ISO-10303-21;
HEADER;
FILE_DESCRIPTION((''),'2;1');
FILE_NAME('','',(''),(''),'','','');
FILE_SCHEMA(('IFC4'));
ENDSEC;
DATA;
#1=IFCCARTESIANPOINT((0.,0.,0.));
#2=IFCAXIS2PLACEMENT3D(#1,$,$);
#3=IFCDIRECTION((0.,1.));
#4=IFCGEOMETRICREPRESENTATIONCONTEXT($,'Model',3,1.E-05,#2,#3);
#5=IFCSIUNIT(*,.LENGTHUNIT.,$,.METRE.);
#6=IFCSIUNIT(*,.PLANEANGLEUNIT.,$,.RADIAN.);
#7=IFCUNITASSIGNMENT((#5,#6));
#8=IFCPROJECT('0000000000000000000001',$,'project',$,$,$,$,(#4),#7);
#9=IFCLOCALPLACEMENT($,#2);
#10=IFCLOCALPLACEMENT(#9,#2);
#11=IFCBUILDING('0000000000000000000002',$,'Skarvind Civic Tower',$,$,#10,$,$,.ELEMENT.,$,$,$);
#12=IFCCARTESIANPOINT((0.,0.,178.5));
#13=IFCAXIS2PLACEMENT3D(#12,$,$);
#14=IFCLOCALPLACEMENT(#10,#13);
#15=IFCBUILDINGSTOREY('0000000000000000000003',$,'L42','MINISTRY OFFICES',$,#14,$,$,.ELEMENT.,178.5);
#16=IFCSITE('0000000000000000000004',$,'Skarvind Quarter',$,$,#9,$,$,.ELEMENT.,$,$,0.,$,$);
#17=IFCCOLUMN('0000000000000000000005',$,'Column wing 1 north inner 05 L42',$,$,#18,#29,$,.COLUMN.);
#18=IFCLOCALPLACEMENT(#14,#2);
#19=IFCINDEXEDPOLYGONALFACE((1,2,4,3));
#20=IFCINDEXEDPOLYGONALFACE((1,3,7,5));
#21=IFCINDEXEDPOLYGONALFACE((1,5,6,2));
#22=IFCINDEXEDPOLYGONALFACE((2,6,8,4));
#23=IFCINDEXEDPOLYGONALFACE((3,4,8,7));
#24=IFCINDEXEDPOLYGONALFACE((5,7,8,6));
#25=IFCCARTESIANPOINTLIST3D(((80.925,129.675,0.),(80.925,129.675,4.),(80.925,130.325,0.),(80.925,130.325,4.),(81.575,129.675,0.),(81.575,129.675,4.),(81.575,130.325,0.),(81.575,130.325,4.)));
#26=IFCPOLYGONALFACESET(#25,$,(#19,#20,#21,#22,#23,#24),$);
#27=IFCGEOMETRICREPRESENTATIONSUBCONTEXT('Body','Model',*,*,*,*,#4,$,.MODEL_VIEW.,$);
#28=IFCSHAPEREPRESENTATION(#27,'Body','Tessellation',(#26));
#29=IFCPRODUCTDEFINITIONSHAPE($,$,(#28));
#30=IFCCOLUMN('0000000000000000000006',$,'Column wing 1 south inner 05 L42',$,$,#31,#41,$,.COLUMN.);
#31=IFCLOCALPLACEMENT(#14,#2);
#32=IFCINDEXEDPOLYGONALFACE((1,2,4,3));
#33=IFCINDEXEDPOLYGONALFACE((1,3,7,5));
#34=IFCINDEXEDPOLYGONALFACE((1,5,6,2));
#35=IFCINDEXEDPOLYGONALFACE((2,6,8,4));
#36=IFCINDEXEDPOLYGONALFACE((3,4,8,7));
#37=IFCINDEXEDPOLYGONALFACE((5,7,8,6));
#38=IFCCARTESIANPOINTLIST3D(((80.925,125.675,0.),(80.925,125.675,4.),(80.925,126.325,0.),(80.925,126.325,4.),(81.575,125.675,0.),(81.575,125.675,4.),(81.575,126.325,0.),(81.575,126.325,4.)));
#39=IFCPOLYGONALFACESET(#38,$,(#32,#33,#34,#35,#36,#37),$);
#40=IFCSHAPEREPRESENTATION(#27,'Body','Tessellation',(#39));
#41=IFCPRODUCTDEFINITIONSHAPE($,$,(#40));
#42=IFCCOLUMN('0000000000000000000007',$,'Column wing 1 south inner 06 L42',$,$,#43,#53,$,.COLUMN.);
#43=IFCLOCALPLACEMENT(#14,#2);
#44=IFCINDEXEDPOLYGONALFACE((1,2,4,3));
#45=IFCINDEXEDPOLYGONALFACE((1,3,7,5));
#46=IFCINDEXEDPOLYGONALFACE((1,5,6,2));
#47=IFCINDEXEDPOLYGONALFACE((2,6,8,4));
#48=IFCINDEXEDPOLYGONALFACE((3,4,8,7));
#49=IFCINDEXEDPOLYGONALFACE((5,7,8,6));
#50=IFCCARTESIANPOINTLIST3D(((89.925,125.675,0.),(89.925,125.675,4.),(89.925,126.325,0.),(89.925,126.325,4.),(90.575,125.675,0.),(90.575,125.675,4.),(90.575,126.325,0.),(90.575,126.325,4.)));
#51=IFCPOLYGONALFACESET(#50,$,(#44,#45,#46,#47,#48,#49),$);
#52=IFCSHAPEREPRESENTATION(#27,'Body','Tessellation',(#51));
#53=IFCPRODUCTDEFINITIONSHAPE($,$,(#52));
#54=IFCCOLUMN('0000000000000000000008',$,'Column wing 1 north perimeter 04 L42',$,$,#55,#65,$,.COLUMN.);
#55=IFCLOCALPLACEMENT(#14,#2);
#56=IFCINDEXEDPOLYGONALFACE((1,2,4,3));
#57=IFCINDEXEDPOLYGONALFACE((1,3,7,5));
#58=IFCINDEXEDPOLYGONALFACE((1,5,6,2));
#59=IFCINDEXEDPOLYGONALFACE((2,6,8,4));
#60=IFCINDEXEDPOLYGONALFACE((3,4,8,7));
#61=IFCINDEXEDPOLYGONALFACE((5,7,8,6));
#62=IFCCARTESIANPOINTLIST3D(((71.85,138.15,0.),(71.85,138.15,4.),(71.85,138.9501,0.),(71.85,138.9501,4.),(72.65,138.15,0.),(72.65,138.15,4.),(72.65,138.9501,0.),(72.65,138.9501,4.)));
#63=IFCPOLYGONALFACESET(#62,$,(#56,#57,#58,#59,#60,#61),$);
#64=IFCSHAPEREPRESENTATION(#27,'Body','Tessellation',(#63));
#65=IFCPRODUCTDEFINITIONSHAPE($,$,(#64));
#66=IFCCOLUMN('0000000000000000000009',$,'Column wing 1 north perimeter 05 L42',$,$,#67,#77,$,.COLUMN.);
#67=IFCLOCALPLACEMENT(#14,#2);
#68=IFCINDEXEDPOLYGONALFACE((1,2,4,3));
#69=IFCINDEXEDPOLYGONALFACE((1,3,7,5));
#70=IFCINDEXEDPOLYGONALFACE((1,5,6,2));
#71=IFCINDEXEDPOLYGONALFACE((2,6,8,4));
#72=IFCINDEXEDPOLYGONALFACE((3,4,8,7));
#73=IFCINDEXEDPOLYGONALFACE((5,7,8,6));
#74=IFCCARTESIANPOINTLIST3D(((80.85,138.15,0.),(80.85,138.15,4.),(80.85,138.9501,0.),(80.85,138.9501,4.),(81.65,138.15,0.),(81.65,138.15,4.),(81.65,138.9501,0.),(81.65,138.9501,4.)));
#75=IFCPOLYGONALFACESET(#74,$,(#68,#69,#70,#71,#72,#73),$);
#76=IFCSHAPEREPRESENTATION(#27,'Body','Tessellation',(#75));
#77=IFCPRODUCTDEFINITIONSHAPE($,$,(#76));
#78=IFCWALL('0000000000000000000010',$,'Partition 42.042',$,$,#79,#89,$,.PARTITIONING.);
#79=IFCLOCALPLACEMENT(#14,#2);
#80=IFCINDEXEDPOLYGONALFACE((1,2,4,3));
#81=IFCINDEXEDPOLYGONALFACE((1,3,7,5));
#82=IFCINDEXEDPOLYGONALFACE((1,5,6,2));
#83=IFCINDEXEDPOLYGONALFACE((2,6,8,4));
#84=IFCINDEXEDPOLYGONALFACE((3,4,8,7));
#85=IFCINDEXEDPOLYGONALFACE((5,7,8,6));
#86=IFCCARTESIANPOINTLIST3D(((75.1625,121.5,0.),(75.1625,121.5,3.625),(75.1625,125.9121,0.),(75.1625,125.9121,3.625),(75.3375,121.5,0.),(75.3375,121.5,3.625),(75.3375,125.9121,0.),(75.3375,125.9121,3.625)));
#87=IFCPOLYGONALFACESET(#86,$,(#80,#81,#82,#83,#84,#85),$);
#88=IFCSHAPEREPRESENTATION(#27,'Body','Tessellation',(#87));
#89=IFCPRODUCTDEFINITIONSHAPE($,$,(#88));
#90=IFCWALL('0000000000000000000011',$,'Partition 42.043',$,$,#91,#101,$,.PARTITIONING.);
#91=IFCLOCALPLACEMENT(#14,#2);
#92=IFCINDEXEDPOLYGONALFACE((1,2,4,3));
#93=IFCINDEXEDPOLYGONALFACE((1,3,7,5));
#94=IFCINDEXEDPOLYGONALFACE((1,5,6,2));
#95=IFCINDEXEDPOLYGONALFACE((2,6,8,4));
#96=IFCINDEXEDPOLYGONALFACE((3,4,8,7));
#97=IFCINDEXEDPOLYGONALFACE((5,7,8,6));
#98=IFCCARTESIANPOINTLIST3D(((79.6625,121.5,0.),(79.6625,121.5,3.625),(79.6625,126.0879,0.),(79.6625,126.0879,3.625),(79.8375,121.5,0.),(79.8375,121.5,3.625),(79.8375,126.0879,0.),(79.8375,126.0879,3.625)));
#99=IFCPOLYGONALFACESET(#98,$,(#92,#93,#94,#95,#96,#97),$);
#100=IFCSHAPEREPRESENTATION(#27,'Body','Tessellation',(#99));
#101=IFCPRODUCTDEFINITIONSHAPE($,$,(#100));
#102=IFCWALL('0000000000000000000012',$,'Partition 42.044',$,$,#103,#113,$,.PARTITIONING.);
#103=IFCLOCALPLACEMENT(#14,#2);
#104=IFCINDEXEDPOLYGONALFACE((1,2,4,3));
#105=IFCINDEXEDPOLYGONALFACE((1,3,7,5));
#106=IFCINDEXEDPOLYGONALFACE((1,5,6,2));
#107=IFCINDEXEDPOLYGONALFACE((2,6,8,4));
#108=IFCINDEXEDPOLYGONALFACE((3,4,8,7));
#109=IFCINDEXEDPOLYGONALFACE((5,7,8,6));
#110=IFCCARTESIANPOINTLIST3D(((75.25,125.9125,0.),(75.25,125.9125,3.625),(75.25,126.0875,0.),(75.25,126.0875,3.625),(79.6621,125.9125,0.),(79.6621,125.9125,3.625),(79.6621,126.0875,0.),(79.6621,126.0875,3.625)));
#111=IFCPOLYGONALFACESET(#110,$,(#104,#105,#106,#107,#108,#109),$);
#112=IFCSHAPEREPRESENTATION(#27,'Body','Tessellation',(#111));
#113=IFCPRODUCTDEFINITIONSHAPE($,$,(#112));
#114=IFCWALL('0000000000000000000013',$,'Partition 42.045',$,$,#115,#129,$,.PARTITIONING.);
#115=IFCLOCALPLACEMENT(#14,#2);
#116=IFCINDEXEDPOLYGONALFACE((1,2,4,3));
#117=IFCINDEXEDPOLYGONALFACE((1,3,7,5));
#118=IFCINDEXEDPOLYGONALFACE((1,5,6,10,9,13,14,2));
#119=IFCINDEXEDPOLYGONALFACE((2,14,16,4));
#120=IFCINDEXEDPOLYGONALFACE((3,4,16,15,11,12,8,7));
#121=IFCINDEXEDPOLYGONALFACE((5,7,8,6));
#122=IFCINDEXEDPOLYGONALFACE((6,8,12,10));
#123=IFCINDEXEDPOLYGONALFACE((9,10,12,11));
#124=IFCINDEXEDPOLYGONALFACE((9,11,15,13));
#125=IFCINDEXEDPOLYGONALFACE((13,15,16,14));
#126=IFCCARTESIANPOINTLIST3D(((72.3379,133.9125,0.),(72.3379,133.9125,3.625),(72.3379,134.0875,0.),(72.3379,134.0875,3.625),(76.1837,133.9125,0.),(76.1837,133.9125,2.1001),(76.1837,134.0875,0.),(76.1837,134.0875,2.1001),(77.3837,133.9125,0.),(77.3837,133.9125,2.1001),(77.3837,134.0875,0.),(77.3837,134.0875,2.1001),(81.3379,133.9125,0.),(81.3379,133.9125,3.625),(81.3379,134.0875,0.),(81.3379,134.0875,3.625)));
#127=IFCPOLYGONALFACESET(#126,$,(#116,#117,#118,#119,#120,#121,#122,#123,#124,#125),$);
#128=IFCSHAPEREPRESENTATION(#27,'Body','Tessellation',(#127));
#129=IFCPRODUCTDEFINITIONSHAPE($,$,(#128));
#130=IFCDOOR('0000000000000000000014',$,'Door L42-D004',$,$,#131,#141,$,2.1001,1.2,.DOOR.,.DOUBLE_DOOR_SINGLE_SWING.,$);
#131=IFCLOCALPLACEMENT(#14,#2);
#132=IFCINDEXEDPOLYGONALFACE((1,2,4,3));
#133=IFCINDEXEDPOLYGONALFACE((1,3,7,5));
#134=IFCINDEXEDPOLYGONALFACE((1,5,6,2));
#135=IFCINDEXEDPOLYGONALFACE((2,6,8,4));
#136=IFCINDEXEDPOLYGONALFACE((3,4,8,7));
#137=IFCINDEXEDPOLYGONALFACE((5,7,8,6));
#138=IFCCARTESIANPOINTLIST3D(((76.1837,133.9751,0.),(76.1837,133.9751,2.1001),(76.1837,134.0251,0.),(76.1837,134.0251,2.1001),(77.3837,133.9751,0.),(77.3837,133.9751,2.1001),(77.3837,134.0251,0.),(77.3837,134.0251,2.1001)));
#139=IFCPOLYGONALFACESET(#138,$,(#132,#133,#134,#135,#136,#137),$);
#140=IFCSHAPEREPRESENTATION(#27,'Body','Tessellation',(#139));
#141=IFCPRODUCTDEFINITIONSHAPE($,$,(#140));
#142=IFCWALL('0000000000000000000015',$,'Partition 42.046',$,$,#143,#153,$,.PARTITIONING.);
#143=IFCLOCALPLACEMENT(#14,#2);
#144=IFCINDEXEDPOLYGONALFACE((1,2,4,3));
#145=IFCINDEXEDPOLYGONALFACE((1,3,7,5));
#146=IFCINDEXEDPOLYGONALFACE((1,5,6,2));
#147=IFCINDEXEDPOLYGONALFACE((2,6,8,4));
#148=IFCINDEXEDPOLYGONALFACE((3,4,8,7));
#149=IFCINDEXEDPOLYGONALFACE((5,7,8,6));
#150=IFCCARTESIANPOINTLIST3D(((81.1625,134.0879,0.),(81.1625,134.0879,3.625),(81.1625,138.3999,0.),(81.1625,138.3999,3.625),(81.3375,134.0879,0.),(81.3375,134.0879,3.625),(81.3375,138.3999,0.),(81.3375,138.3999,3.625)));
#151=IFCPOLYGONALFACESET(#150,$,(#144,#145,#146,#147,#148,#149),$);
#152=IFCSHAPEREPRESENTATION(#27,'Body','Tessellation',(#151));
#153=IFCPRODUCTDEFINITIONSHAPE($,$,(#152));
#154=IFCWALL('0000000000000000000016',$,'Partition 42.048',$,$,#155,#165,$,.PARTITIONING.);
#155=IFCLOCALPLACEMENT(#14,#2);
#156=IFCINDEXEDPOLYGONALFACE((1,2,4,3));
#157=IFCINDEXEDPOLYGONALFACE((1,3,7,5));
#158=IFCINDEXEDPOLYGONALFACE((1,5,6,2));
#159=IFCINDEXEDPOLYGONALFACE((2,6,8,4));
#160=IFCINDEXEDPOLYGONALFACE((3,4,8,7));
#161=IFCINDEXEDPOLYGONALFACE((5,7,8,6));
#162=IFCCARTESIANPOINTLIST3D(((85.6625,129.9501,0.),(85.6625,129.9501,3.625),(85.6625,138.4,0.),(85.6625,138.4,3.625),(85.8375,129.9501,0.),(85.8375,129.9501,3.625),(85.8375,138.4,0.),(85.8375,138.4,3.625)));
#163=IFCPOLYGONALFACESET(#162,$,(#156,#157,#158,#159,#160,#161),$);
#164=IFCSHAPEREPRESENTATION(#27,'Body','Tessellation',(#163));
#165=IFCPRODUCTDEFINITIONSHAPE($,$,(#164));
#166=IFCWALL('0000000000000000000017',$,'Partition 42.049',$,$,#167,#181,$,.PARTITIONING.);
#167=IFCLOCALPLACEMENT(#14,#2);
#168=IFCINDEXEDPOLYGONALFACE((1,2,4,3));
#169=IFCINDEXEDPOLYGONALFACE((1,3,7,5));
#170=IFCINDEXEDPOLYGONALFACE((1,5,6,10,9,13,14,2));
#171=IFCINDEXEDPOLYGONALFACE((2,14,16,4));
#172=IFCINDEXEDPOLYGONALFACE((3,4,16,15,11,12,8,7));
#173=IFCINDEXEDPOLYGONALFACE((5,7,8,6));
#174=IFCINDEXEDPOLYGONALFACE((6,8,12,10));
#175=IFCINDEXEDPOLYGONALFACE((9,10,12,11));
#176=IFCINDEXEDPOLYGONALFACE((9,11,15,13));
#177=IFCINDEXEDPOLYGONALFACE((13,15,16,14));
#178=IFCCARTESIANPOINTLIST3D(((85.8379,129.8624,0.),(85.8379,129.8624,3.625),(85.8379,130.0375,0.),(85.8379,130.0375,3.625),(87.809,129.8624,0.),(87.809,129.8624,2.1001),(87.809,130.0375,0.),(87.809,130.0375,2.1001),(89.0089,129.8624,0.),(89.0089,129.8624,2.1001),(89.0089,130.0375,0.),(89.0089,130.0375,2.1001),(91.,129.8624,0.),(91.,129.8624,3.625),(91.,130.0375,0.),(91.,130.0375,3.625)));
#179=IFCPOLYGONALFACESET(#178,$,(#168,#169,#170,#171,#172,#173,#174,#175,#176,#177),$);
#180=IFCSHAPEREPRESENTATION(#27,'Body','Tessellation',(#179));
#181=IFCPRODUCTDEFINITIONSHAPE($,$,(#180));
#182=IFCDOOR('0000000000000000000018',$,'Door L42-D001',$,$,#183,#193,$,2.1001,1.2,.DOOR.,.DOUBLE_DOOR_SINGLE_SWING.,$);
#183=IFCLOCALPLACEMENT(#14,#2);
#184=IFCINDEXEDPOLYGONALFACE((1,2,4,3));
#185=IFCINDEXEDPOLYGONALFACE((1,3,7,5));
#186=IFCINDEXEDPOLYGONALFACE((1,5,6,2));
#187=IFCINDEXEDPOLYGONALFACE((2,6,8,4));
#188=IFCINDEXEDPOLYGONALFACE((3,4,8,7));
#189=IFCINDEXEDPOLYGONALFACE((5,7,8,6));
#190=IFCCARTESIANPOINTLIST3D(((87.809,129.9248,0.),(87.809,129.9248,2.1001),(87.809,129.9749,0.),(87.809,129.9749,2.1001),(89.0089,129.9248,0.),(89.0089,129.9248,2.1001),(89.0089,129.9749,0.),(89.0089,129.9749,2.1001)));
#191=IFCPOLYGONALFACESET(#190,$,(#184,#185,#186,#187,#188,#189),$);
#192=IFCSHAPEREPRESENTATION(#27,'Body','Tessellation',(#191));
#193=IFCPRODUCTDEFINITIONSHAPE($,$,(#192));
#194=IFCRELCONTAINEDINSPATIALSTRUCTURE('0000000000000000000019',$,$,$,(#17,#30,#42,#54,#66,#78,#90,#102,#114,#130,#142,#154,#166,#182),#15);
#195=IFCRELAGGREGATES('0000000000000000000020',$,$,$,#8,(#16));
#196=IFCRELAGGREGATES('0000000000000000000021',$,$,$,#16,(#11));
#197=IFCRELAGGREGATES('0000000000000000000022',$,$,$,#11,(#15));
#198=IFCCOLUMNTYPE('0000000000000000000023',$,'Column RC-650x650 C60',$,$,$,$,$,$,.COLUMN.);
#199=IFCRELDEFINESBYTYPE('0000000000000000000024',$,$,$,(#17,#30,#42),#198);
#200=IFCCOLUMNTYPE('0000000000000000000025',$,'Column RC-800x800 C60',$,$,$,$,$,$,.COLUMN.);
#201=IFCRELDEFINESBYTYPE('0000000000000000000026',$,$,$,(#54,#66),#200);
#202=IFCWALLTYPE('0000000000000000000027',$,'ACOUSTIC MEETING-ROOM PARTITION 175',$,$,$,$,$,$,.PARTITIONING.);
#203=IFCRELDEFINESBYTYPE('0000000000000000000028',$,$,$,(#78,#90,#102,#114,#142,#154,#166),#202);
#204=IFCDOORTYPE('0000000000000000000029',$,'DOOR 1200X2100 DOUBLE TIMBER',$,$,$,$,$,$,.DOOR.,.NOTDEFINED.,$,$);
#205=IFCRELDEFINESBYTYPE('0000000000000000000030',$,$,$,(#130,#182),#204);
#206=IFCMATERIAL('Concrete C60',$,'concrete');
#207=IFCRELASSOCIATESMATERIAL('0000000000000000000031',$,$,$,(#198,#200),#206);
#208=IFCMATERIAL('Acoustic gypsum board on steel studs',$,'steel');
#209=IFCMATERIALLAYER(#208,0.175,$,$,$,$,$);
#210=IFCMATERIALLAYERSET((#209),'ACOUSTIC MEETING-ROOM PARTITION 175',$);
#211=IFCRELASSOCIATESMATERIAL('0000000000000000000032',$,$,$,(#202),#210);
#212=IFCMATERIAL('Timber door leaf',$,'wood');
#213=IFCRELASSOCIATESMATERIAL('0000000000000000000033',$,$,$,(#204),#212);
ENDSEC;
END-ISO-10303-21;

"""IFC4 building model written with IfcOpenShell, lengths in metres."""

from ifc_helpers import new_model, si_unit, direction, frame, frame_2d, origin, origin_2d, place, context, subcontext, project, spatial, rectangle, extrude, material, layer, layer_set, material_profile, profile_set, type_object, element, fill, save


model = new_model("IFC4")

# Units and contexts
model_context = context("Model", 3, precision=1e-05, world=origin(), true_north=direction((0.0, 1.0)))
body_context = subcontext(model_context, "Body", "Model", "MODEL_VIEW")
ifc_project = project(units=[si_unit("LENGTHUNIT", "METRE"), si_unit("PLANEANGLEUNIT", "RADIAN")], contexts=[model_context])

# Site, building, storey
site_placement = place(None, origin())
site = spatial("IfcSite", under=ifc_project, at=site_placement, Name="Skarvind Quarter", CompositionType="ELEMENT", RefElevation=0.0)
building_placement = place(site_placement, origin())
building = spatial("IfcBuilding", under=site, at=building_placement, Name="Skarvind Civic Tower", CompositionType="ELEMENT")
storey_placement = place(building_placement, frame((0.0, 0.0, 178.5)))
storey = spatial("IfcBuildingStorey", under=building, at=storey_placement, Name="L42", Description="MINISTRY OFFICES", CompositionType="ELEMENT", Elevation=178.5)

# Columns
ifc_material_1 = material(Name="Concrete C60", Category="concrete")
ifc_material_profile_1 = material_profile(ifc_material_1, rectangle(XDim=0.6499, YDim=0.6499, at=origin_2d()), Name="RC-650x650")
ifc_profile_set_1 = profile_set([ifc_material_profile_1], Name="Concrete C60")
column_type_1 = type_object("IfcColumnType", Name="Column RC-650x650 C60", PredefinedType="COLUMN", material=ifc_profile_set_1)
for number, where, z_axis, x_axis, name in (
    (1, (81.25, 130.0, 0.0), (0.0, 0.0, 1.0), (1.0, 0.0, 0.0), "Column wing 1 north inner 05 L42"),
    (2, (81.25, 126.0, 0.0), (0.0, 0.0, 1.0), (1.0, 0.0, 0.0), "Column wing 1 south inner 05 L42"),
    (3, (90.25, 126.0, 0.0), (0.0, 0.0, 1.0), (1.0, 0.0, 0.0), "Column wing 1 south inner 06 L42"),
):
    element("IfcColumn", number, at=place(storey_placement, frame(where, z_axis=z_axis, x_axis=x_axis)), inside=storey, type_object=column_type_1, Name=name, PredefinedType="COLUMN", context=body_context, shape_type="SweptSolid", body=[
        extrude(rectangle(XDim=0.6499, YDim=0.6499, at=origin_2d()), origin(), (0.0, 0.0, 1.0), 4.0),
    ])
ifc_material_profile_2 = material_profile(ifc_material_1, rectangle(XDim=0.8, YDim=0.8, at=origin_2d()), Name="RC-800x800")
ifc_profile_set_2 = profile_set([ifc_material_profile_2], Name="Concrete C60")
column_type_2 = type_object("IfcColumnType", Name="Column RC-800x800 C60", PredefinedType="COLUMN", material=ifc_profile_set_2)
for number, where, z_axis, x_axis, name in (
    (4, (72.25, 138.55, 0.0), (0.0, 0.0, 1.0), (1.0, 0.0, 0.0), "Column wing 1 north perimeter 04 L42"),
    (5, (81.25, 138.55, 0.0), (0.0, 0.0, 1.0), (1.0, 0.0, 0.0), "Column wing 1 north perimeter 05 L42"),
):
    element("IfcColumn", number, at=place(storey_placement, frame(where, z_axis=z_axis, x_axis=x_axis)), inside=storey, type_object=column_type_2, Name=name, PredefinedType="COLUMN", context=body_context, shape_type="SweptSolid", body=[
        extrude(rectangle(XDim=0.8, YDim=0.8, at=origin_2d()), origin(), (0.0, 0.0, 1.0), 4.0),
    ])

# Walls
ifc_material_2 = material(Name="Acoustic gypsum board on steel studs", Category="steel")
ifc_layer_1 = layer(ifc_material_2, 0.175)
ifc_layer_set_1 = layer_set([ifc_layer_1], Name="ACOUSTIC MEETING-ROOM PARTITION 175")
wall_type_1 = type_object("IfcWallType", Name="ACOUSTIC MEETING-ROOM PARTITION 175", PredefinedType="PARTITIONING", material=ifc_layer_set_1)
wall_1_placement = place(storey_placement, frame((75.25, 125.9121, 0.0), z_axis=(0.0, 0.0, 1.0), x_axis=(0.0, -1.0, 0.0)))
element("IfcWall", 6, at=wall_1_placement, inside=storey, type_object=wall_type_1, Name="Partition 42.042", PredefinedType="PARTITIONING", context=body_context, shape_type="SweptSolid", body=[
    extrude(rectangle(XDim=4.4121, YDim=0.175, at=frame_2d((2.2061, 0.0))), origin(), (0.0, 0.0, 1.0), 3.625),
])
wall_2_placement = place(storey_placement, frame((79.75, 121.5, 0.0), z_axis=(0.0, 0.0, 1.0), x_axis=(0.0, 1.0, 0.0)))
element("IfcWall", 7, at=wall_2_placement, inside=storey, type_object=wall_type_1, Name="Partition 42.043", PredefinedType="PARTITIONING", context=body_context, shape_type="SweptSolid", body=[
    extrude(rectangle(XDim=4.5879, YDim=0.175, at=frame_2d((2.2939, 0.0))), origin(), (0.0, 0.0, 1.0), 3.625),
])
wall_3_placement = place(storey_placement, frame((79.6621, 126.0, 0.0), z_axis=(0.0, 0.0, 1.0), x_axis=(-1.0, 0.0, 0.0)))
element("IfcWall", 8, at=wall_3_placement, inside=storey, type_object=wall_type_1, Name="Partition 42.044", PredefinedType="PARTITIONING", context=body_context, shape_type="SweptSolid", body=[
    extrude(rectangle(XDim=4.4121, YDim=0.175, at=frame_2d((2.2061, 0.0))), origin(), (0.0, 0.0, 1.0), 3.625),
])

# Wall, opening, door
wall_4_placement = place(storey_placement, frame((81.3379, 134.0, 0.0), z_axis=(0.0, 0.0, 1.0), x_axis=(-1.0, 0.0, 0.0)))
wall_4 = element("IfcWall", 9, at=wall_4_placement, inside=storey, type_object=wall_type_1, Name="Partition 42.045", PredefinedType="PARTITIONING", context=body_context, shape_type="SweptSolid", body=[
    extrude(rectangle(XDim=9.0, YDim=0.175, at=frame_2d((4.5, 0.0))), origin(), (0.0, 0.0, 1.0), 3.625),
])
opening_1_placement = place(wall_4_placement, frame((3.9541, 0.0, 0.0)))
opening_1 = element("IfcOpeningElement", 10, at=opening_1_placement, cuts=wall_4, PredefinedType="OPENING", context=body_context, shape_type="SweptSolid", body=[
    extrude(rectangle(XDim=1.2, YDim=2.1001, at=frame_2d((0.6001, 1.05))), frame((0.0, 0.0974, 0.0), z_axis=(0.0, -1.0, 0.0), x_axis=(1.0, 0.0, 0.0)), (0.0, 0.0, 1.0), 0.1951),
])
ifc_material_3 = material(Name="Timber door leaf", Category="wood")
door_type = type_object("IfcDoorType", Name="DOOR 1200X2100 DOUBLE TIMBER", OperationType="NOTDEFINED", PredefinedType="DOOR", material=ifc_material_3)
door_1_placement = place(opening_1_placement, origin())
door_1 = element("IfcDoor", 11, at=door_1_placement, inside=storey, type_object=door_type, Name="Door L42-D004", OperationType="DOUBLE_DOOR_SINGLE_SWING", OverallHeight=2.1001, OverallWidth=1.2, PredefinedType="DOOR", context=body_context, shape_type="SweptSolid", body=[
    extrude(rectangle(XDim=1.2, YDim=2.1001, at=frame_2d((0.6001, 1.05))), frame((0.0, 0.0249, 0.0), z_axis=(0.0, -1.0, 0.0), x_axis=(1.0, 0.0, 0.0)), (0.0, 0.0, 1.0), 0.05),
])
fill(opening_1, door_1)

# Walls
wall_5_placement = place(storey_placement, frame((81.25, 138.3999, 0.0), z_axis=(0.0, 0.0, 1.0), x_axis=(0.0, -1.0, 0.0)))
element("IfcWall", 12, at=wall_5_placement, inside=storey, type_object=wall_type_1, Name="Partition 42.046", PredefinedType="PARTITIONING", context=body_context, shape_type="SweptSolid", body=[
    extrude(rectangle(XDim=4.312, YDim=0.175, at=frame_2d((2.156, 0.0))), origin(), (0.0, 0.0, 1.0), 3.625),
])
wall_6_placement = place(storey_placement, frame((85.75, 129.95, 0.0), z_axis=(0.0, 0.0, 1.0), x_axis=(0.0, 1.0, 0.0)))
element("IfcWall", 13, at=wall_6_placement, inside=storey, type_object=wall_type_1, Name="Partition 42.048", PredefinedType="PARTITIONING", context=body_context, shape_type="SweptSolid", body=[
    extrude(rectangle(XDim=8.45, YDim=0.175, at=frame_2d((4.2251, 0.0))), origin(), (0.0, 0.0, 1.0), 3.625),
])

# Wall, opening, door
wall_7_placement = place(storey_placement, frame((85.8379, 129.95, 0.0), z_axis=(0.0, 0.0, 1.0), x_axis=(1.0, 0.0, 0.0)))
wall_7 = element("IfcWall", 14, at=wall_7_placement, inside=storey, type_object=wall_type_1, Name="Partition 42.049", PredefinedType="PARTITIONING", context=body_context, shape_type="SweptSolid", body=[
    extrude(rectangle(XDim=5.1621, YDim=0.175, at=frame_2d((2.5811, 0.0))), origin(), (0.0, 0.0, 1.0), 3.625),
])
opening_2_placement = place(wall_7_placement, frame((1.9709, 0.0, 0.0)))
opening_2 = element("IfcOpeningElement", 15, at=opening_2_placement, cuts=wall_7, PredefinedType="OPENING", context=body_context, shape_type="SweptSolid", body=[
    extrude(rectangle(XDim=1.2, YDim=2.1001, at=frame_2d((0.6001, 1.05))), frame((0.0, 0.0974, 0.0), z_axis=(0.0, -1.0, 0.0), x_axis=(1.0, 0.0, 0.0)), (0.0, 0.0, 1.0), 0.1951),
])
door_2_placement = place(opening_2_placement, origin())
door_2 = element("IfcDoor", 16, at=door_2_placement, inside=storey, type_object=door_type, Name="Door L42-D001", OperationType="DOUBLE_DOOR_SINGLE_SWING", OverallHeight=2.1001, OverallWidth=1.2, PredefinedType="DOOR", context=body_context, shape_type="SweptSolid", body=[
    extrude(rectangle(XDim=1.2, YDim=2.1001, at=frame_2d((0.6001, 1.05))), frame((0.0, 0.0249, 0.0), z_axis=(0.0, -1.0, 0.0), x_axis=(1.0, 0.0, 0.0)), (0.0, 0.0, 1.0), 0.05),
])
fill(opening_2, door_2)

save(model, "model.ifc")
